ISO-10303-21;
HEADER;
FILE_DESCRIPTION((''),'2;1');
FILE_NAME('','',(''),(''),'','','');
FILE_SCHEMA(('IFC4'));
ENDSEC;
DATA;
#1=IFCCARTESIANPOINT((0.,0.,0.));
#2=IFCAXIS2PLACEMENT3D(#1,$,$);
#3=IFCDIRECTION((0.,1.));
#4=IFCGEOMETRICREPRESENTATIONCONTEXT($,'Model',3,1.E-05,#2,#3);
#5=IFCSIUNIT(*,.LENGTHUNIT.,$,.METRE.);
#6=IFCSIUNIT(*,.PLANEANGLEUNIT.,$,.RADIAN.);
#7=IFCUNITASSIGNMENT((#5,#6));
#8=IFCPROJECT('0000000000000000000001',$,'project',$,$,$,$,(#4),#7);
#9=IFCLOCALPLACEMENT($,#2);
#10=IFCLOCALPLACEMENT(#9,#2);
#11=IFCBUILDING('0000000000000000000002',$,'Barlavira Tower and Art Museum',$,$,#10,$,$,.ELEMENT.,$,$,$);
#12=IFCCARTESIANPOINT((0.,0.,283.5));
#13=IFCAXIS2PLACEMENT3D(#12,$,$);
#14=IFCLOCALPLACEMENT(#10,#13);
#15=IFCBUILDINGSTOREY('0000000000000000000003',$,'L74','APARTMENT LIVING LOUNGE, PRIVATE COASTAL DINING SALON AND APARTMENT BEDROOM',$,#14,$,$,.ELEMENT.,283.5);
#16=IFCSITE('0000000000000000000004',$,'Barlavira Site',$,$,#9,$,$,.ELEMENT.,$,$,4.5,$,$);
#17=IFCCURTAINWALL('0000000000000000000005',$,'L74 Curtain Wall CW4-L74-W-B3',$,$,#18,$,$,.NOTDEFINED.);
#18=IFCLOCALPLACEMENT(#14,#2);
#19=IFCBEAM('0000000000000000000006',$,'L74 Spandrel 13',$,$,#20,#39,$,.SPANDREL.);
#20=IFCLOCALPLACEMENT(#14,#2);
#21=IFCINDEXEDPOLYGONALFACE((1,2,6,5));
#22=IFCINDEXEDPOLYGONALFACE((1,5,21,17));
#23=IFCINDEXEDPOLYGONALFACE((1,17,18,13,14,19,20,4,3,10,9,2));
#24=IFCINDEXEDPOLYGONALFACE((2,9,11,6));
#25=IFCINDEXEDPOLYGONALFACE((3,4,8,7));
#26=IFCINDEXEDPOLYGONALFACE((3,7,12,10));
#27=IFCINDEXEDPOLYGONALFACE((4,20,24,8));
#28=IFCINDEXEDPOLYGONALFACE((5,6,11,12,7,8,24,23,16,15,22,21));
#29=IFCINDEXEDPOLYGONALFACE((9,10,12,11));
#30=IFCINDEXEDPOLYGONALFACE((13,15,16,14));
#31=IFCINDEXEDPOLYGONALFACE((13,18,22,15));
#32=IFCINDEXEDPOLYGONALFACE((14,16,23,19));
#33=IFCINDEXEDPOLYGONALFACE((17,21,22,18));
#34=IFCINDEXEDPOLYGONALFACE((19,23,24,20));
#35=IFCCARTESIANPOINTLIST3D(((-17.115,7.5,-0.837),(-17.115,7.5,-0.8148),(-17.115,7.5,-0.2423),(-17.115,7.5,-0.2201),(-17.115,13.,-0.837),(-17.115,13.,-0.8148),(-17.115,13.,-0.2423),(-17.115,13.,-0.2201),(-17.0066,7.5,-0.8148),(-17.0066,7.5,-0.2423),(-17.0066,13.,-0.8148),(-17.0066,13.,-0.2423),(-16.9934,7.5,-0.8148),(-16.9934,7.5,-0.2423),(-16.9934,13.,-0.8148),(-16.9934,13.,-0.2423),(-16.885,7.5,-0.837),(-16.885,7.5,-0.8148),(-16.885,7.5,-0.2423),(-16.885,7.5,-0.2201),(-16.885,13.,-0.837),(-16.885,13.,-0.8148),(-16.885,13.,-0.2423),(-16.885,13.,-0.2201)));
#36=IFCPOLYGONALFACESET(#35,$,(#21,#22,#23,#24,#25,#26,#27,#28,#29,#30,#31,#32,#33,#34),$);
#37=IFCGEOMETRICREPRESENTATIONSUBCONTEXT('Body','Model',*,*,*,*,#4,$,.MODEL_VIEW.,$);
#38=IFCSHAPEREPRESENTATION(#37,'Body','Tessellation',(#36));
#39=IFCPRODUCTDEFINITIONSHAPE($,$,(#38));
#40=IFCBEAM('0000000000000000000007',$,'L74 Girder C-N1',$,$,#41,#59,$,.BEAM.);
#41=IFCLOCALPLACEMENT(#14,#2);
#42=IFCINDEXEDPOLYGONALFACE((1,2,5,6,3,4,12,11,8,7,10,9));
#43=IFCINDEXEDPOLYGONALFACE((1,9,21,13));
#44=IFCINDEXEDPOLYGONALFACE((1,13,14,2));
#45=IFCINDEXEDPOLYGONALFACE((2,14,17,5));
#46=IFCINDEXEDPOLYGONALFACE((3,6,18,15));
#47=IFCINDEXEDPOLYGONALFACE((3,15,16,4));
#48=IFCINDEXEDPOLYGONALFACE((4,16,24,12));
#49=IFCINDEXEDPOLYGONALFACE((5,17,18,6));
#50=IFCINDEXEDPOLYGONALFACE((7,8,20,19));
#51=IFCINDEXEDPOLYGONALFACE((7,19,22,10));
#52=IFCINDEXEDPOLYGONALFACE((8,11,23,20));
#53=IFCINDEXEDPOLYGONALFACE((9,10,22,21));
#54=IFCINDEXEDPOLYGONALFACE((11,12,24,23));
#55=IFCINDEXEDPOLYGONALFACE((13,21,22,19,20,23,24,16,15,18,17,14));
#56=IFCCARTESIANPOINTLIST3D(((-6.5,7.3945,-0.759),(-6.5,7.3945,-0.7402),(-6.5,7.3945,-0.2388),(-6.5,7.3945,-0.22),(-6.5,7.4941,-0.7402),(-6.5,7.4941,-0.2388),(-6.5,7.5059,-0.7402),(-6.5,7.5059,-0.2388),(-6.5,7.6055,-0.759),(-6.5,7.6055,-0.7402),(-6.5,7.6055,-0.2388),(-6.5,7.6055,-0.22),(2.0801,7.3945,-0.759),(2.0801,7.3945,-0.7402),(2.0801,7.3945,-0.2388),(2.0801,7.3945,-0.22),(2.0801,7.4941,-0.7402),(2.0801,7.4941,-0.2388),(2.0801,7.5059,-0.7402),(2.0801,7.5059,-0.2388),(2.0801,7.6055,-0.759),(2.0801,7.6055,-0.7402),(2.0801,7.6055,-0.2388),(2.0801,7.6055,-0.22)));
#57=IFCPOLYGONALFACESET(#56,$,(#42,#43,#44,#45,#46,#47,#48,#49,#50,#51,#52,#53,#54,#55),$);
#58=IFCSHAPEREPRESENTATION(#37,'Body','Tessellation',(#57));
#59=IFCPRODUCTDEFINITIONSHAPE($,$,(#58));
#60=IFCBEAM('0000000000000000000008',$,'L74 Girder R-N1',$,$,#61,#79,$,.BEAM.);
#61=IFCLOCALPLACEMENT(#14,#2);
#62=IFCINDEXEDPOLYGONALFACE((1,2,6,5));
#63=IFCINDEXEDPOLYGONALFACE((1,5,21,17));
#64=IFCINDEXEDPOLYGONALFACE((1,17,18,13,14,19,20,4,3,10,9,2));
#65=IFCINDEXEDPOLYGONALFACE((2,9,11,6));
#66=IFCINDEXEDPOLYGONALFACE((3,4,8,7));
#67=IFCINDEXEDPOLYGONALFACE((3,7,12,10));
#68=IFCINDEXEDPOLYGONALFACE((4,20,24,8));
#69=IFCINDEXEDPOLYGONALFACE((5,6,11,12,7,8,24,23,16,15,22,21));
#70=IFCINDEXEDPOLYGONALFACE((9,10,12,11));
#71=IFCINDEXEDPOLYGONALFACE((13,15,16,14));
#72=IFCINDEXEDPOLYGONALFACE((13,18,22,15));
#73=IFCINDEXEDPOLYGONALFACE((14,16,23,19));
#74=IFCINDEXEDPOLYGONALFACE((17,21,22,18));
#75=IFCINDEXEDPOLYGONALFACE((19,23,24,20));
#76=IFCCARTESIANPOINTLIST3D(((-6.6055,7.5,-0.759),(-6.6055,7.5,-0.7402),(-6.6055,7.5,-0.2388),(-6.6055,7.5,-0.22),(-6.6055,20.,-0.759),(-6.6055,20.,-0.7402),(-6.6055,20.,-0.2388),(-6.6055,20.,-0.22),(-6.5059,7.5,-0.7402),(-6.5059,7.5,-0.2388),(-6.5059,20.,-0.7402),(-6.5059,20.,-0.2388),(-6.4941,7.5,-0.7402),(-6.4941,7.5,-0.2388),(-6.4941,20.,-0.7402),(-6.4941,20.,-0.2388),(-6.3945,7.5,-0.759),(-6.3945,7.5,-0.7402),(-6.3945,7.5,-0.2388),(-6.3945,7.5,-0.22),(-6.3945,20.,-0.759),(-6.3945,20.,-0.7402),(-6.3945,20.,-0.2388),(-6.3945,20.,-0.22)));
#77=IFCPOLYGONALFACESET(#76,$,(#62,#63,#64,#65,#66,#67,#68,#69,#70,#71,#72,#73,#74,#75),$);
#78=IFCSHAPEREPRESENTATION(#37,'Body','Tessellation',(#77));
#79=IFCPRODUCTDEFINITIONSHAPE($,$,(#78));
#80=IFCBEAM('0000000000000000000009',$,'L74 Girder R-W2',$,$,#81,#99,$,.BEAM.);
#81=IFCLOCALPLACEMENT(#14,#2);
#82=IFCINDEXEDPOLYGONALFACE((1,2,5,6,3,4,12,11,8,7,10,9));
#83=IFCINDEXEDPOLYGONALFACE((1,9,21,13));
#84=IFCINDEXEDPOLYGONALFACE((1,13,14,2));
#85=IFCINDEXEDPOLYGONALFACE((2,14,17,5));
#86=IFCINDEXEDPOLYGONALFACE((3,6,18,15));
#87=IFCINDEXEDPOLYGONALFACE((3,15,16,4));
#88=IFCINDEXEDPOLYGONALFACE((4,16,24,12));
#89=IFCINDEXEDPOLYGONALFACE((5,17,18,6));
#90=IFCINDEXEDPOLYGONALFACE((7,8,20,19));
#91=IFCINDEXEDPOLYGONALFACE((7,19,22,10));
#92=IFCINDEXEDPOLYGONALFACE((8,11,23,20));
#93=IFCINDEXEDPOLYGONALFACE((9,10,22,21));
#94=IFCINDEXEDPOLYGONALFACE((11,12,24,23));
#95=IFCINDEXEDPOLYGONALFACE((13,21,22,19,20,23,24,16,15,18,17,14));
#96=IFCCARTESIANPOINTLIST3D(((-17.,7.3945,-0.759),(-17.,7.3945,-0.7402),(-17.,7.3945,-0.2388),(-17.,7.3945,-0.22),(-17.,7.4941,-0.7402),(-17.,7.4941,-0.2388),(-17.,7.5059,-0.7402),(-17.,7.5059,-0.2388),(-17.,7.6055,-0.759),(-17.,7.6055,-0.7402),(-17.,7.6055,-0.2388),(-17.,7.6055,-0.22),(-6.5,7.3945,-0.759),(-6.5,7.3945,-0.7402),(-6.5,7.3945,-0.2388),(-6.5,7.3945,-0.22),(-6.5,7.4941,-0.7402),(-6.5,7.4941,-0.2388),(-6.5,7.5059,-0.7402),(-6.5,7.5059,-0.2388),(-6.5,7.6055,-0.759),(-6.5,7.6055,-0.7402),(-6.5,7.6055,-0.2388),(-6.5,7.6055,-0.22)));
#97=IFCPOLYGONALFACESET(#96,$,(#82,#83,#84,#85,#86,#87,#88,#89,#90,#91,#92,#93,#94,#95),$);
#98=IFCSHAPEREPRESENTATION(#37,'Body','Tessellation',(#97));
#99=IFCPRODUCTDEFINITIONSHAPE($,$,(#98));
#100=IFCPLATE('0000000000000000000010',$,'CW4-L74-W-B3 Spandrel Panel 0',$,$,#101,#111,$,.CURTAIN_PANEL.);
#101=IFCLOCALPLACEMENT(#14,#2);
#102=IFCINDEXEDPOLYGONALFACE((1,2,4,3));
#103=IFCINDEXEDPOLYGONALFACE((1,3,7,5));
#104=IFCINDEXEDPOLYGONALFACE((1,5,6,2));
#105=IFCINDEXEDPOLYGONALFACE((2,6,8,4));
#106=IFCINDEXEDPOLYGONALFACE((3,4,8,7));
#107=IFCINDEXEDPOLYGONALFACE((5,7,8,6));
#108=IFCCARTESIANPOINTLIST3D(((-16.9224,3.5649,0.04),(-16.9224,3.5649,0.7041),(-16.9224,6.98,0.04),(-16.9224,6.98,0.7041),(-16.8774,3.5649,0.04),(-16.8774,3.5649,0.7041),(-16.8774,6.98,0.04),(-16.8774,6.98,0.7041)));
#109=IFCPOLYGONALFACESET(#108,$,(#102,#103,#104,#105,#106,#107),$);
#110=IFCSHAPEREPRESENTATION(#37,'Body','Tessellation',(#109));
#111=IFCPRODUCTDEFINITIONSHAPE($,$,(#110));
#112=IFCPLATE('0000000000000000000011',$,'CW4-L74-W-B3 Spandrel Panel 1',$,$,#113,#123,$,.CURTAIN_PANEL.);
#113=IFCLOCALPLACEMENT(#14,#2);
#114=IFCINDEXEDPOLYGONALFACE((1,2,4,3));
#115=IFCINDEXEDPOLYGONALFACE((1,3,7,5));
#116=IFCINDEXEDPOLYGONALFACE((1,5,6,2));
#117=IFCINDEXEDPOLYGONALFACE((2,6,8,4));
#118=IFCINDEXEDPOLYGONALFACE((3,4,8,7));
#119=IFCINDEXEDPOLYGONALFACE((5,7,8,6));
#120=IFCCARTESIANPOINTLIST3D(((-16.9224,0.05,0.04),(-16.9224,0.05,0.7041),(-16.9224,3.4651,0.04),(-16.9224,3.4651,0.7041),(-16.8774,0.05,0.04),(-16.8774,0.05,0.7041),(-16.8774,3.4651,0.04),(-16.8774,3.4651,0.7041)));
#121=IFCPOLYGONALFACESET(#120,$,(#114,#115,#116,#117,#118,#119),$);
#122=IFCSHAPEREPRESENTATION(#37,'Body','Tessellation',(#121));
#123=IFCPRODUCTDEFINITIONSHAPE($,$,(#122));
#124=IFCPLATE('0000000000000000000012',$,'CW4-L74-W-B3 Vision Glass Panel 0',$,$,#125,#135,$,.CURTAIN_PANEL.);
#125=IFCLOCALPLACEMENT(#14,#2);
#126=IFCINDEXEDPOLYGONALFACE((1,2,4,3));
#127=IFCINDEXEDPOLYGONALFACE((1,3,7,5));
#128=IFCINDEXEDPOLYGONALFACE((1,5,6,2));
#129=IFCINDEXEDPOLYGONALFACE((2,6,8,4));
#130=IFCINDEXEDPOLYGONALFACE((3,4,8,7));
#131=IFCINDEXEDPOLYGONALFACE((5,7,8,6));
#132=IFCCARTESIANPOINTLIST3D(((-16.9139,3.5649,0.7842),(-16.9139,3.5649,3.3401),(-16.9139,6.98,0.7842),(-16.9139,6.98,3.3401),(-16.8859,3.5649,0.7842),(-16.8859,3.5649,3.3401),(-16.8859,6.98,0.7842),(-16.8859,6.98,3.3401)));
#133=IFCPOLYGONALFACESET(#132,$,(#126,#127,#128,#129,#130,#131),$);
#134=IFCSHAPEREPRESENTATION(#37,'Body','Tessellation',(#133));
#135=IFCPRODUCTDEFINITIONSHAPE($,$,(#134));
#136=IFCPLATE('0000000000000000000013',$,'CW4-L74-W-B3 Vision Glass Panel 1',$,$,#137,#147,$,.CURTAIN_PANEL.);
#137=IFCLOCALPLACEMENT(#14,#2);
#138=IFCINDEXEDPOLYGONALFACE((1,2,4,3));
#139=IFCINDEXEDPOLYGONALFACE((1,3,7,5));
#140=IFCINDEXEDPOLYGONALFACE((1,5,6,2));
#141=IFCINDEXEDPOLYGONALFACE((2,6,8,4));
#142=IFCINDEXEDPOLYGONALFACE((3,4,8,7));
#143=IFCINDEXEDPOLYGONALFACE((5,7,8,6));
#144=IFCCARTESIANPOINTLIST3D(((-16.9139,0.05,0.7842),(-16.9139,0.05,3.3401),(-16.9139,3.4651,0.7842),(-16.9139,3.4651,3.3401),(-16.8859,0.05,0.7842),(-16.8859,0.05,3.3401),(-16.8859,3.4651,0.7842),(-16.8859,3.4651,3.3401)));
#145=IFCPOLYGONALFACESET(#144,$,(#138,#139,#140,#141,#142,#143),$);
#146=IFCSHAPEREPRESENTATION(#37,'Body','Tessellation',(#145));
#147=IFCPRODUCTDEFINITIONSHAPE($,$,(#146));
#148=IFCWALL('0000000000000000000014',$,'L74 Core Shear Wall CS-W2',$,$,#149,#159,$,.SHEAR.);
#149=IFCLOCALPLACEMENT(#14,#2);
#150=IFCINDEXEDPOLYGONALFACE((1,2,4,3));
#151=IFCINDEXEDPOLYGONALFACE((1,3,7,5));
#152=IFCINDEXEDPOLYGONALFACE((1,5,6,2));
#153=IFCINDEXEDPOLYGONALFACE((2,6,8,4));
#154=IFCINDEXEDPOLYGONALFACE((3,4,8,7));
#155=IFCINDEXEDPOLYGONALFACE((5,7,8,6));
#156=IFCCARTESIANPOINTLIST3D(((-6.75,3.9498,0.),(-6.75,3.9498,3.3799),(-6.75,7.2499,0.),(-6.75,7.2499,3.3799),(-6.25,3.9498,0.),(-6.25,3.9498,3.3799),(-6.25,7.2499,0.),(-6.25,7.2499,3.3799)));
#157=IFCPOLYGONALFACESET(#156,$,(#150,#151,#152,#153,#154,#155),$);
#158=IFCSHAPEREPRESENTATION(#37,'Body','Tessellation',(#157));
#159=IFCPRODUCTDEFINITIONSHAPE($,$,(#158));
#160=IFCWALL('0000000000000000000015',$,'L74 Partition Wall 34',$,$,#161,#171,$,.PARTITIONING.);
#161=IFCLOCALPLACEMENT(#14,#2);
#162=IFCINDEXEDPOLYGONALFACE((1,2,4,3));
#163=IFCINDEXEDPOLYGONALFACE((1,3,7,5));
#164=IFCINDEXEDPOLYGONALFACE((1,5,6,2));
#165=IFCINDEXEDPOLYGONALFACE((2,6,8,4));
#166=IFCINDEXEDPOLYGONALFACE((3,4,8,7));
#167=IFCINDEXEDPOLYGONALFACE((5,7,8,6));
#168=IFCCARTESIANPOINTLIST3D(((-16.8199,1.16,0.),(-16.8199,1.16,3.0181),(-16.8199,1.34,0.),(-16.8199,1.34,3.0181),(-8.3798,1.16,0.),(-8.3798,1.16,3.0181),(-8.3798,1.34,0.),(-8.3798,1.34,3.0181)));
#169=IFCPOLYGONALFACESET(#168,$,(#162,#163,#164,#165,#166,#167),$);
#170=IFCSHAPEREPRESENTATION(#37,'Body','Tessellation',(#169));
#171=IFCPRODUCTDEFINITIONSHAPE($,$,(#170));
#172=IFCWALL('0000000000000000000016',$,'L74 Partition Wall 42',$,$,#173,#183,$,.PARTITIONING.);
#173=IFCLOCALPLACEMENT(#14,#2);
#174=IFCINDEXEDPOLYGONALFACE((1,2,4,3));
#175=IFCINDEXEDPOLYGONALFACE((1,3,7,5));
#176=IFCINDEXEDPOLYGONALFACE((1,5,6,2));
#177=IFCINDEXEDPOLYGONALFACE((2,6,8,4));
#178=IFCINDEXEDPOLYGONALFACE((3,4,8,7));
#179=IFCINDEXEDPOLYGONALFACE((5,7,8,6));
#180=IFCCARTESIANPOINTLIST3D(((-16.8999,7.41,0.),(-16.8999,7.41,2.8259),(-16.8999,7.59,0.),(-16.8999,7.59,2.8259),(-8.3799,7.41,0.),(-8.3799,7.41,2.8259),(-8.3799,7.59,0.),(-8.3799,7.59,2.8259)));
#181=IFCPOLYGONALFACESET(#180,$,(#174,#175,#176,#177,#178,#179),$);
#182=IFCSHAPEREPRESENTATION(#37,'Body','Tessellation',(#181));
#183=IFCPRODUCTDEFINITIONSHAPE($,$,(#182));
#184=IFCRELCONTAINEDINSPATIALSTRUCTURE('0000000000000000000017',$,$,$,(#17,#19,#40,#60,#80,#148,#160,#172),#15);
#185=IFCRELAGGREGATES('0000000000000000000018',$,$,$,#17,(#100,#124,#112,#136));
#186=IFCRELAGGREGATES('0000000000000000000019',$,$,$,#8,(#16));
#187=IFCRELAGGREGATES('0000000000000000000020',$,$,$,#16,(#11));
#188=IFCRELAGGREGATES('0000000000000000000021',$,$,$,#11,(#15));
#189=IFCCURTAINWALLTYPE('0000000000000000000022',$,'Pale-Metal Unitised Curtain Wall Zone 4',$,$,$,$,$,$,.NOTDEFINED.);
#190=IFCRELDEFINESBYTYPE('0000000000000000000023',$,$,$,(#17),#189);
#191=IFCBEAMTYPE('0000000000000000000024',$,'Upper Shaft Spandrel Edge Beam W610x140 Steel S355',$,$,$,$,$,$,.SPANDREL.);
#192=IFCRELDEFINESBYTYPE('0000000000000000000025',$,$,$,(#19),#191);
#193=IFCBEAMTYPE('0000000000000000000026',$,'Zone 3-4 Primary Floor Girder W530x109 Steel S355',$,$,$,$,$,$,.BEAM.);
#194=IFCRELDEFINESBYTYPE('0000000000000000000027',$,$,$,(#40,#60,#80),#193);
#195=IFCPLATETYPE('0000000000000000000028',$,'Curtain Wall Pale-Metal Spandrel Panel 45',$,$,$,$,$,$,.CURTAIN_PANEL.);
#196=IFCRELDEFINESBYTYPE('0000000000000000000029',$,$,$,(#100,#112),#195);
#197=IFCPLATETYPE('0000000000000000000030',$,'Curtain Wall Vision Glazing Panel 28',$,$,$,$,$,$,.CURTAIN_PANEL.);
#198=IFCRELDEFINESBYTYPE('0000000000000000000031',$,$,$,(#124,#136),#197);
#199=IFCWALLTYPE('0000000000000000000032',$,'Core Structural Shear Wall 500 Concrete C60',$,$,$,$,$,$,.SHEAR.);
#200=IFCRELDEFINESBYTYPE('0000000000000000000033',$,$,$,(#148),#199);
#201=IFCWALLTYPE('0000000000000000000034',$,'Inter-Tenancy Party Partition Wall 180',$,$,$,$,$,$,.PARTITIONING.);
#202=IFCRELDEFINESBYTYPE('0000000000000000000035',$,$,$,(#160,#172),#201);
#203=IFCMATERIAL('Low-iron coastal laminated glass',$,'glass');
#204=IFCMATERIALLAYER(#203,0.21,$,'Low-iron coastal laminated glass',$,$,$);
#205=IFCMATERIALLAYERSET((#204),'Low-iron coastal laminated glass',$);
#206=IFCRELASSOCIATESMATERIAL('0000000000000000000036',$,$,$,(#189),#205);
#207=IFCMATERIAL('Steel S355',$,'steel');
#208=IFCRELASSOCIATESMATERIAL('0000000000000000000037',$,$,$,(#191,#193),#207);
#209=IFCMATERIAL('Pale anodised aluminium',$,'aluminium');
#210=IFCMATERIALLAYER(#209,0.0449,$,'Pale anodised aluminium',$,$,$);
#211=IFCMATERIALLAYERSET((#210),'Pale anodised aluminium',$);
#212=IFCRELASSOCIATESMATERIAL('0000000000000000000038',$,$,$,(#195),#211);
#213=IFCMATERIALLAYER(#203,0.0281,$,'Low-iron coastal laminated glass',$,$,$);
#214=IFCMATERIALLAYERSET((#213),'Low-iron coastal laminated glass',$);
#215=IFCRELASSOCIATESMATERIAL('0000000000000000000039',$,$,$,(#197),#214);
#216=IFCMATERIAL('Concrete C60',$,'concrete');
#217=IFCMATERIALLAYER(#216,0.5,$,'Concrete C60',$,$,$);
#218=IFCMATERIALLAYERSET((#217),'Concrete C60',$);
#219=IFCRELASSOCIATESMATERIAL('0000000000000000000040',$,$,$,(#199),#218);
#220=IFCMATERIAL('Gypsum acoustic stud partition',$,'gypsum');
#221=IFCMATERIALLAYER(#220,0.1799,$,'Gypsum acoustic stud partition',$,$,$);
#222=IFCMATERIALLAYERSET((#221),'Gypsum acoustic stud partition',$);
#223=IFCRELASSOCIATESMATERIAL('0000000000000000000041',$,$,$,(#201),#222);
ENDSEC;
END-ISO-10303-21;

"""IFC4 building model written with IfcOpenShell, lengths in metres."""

from ifc_helpers import new_model, si_unit, direction, frame, frame_2d, origin, origin_2d, place, context, subcontext, project, spatial, rectangle, i_section, extrude, material, layer, layer_set, material_profile, profile_set, type_object, element, aggregate, save


model = new_model("IFC4")

# Units and contexts
model_context = context("Model", 3, precision=1e-05, world=origin(), true_north=direction((0.0, 1.0)))
body_context = subcontext(model_context, "Body", "Model", "MODEL_VIEW")
ifc_project = project(units=[si_unit("LENGTHUNIT", "METRE"), si_unit("PLANEANGLEUNIT", "RADIAN")], contexts=[model_context])

# Site, building, storey
site_placement = place(None, origin())
site = spatial("IfcSite", under=ifc_project, at=site_placement, Name="Barlavira Site", CompositionType="ELEMENT", RefElevation=4.5)
building_placement = place(site_placement, origin())
building = spatial("IfcBuilding", under=site, at=building_placement, Name="Barlavira Tower and Art Museum", CompositionType="ELEMENT")
storey_placement = place(building_placement, frame((0.0, 0.0, 283.5)))
storey = spatial("IfcBuildingStorey", under=building, at=storey_placement, Name="L74", Description="APARTMENT LIVING LOUNGE, PRIVATE COASTAL DINING SALON AND APARTMENT BEDROOM", CompositionType="ELEMENT", Elevation=283.5)

# Shared definitions
ifc_material_1 = material(Name="Steel S355", Category="steel")

# Curtain wall
ifc_material_2 = material(Name="Low-iron coastal laminated glass", Category="glass")
ifc_layer_1 = layer(ifc_material_2, 0.21, Name="Low-iron coastal laminated glass")
ifc_layer_set_1 = layer_set([ifc_layer_1], Name="Low-iron coastal laminated glass")
curtain_wall_type = type_object("IfcCurtainWallType", Name="Pale-Metal Unitised Curtain Wall Zone 4", PredefinedType="NOTDEFINED", material=ifc_layer_set_1)
curtain_wall_placement = place(storey_placement, origin())
curtain_wall = element("IfcCurtainWall", 1, at=curtain_wall_placement, inside=storey, type_object=curtain_wall_type, Name="L74 Curtain Wall CW4-L74-W-B3", PredefinedType="NOTDEFINED")
ifc_material_3 = material(Name="Pale anodised aluminium", Category="aluminium")

# Beams
ifc_material_profile_1 = material_profile(ifc_material_1, i_section(OverallWidth=0.23, OverallDepth=0.6169, WebThickness=0.0132, FlangeThickness=0.0222, at=origin_2d()), Name="W610x140.0")
ifc_profile_set_1 = profile_set([ifc_material_profile_1], Name="Steel S355")
beam_type_1 = type_object("IfcBeamType", Name="Upper Shaft Spandrel Edge Beam W610x140 Steel S355", PredefinedType="SPANDREL", material=ifc_profile_set_1)
beam_1_placement = place(storey_placement, frame((-17.0, 7.5, -0.5286), z_axis=(0.0, 1.0, 0.0), x_axis=(-1.0, 0.0, 0.0)))
element("IfcBeam", 2, at=beam_1_placement, inside=storey, type_object=beam_type_1, Name="L74 Spandrel 13", PredefinedType="SPANDREL", context=body_context, shape_type="SweptSolid", body=[
    extrude(i_section(OverallWidth=0.23, OverallDepth=0.6169, WebThickness=0.0132, FlangeThickness=0.0222, at=origin_2d()), origin(), (0.0, 0.0, 1.0), 5.5),
])
ifc_material_profile_2 = material_profile(ifc_material_1, i_section(OverallWidth=0.2109, OverallDepth=0.5391, WebThickness=0.0117, FlangeThickness=0.0188, at=origin_2d()), Name="W530x109.0")
ifc_profile_set_2 = profile_set([ifc_material_profile_2], Name="Steel S355")
beam_type_2 = type_object("IfcBeamType", Name="Zone 3-4 Primary Floor Girder W530x109 Steel S355", PredefinedType="BEAM", material=ifc_profile_set_2)
beam_2_placement = place(storey_placement, frame((-6.5, 7.5, -0.4895), z_axis=(1.0, 0.0, 0.0), x_axis=(0.0, 1.0, 0.0)))
element("IfcBeam", 3, at=beam_2_placement, inside=storey, type_object=beam_type_2, Name="L74 Girder C-N1", PredefinedType="BEAM", context=body_context, shape_type="SweptSolid", body=[
    extrude(i_section(OverallWidth=0.2109, OverallDepth=0.5391, WebThickness=0.0117, FlangeThickness=0.0188, at=origin_2d()), origin(), (0.0, 0.0, 1.0), 8.5801),
])
beam_3_placement = place(storey_placement, frame((-6.5, 7.5, -0.4895), z_axis=(0.0, 1.0, 0.0), x_axis=(-1.0, 0.0, 0.0)))
element("IfcBeam", 4, at=beam_3_placement, inside=storey, type_object=beam_type_2, Name="L74 Girder R-N1", PredefinedType="BEAM", context=body_context, shape_type="SweptSolid", body=[
    extrude(i_section(OverallWidth=0.2109, OverallDepth=0.5391, WebThickness=0.0117, FlangeThickness=0.0188, at=origin_2d()), origin(), (0.0, 0.0, 1.0), 12.5),
])
beam_4_placement = place(storey_placement, frame((-17.0, 7.5, -0.4895), z_axis=(1.0, 0.0, 0.0), x_axis=(0.0, 1.0, 0.0)))
element("IfcBeam", 5, at=beam_4_placement, inside=storey, type_object=beam_type_2, Name="L74 Girder R-W2", PredefinedType="BEAM", context=body_context, shape_type="SweptSolid", body=[
    extrude(i_section(OverallWidth=0.2109, OverallDepth=0.5391, WebThickness=0.0117, FlangeThickness=0.0188, at=origin_2d()), origin(), (0.0, 0.0, 1.0), 10.5),
])

# Plates
ifc_layer_2 = layer(ifc_material_3, 0.0449, Name="Pale anodised aluminium")
ifc_layer_set_2 = layer_set([ifc_layer_2], Name="Pale anodised aluminium")
plate_type_1 = type_object("IfcPlateType", Name="Curtain Wall Pale-Metal Spandrel Panel 45", PredefinedType="CURTAIN_PANEL", material=ifc_layer_set_2)
plate_1_placement = place(storey_placement, frame((-16.8999, 5.2725, 0.04), z_axis=(0.0, 0.0, 1.0), x_axis=(0.0, -1.0, 0.0)))
plate_1 = element("IfcPlate", 6, at=plate_1_placement, type_object=plate_type_1, Name="CW4-L74-W-B3 Spandrel Panel 0", PredefinedType="CURTAIN_PANEL", context=body_context, shape_type="SweptSolid", body=[
    extrude(rectangle(XDim=3.415, YDim=0.0449, at=origin_2d()), origin(), (0.0, 0.0, 1.0), 0.6641),
])
plate_2_placement = place(storey_placement, frame((-16.8999, 1.7576, 0.04), z_axis=(0.0, 0.0, 1.0), x_axis=(0.0, -1.0, 0.0)))
plate_2 = element("IfcPlate", 7, at=plate_2_placement, type_object=plate_type_1, Name="CW4-L74-W-B3 Spandrel Panel 1", PredefinedType="CURTAIN_PANEL", context=body_context, shape_type="SweptSolid", body=[
    extrude(rectangle(XDim=3.415, YDim=0.0449, at=origin_2d()), origin(), (0.0, 0.0, 1.0), 0.6641),
])
ifc_layer_3 = layer(ifc_material_2, 0.0281, Name="Low-iron coastal laminated glass")
ifc_layer_set_3 = layer_set([ifc_layer_3], Name="Low-iron coastal laminated glass")
plate_type_2 = type_object("IfcPlateType", Name="Curtain Wall Vision Glazing Panel 28", PredefinedType="CURTAIN_PANEL", material=ifc_layer_set_3)
plate_3_placement = place(storey_placement, frame((-16.8999, 5.2725, 0.7842), z_axis=(0.0, 0.0, 1.0), x_axis=(0.0, -1.0, 0.0)))
plate_3 = element("IfcPlate", 8, at=plate_3_placement, type_object=plate_type_2, Name="CW4-L74-W-B3 Vision Glass Panel 0", PredefinedType="CURTAIN_PANEL", context=body_context, shape_type="SweptSolid", body=[
    extrude(rectangle(XDim=3.415, YDim=0.0281, at=origin_2d()), origin(), (0.0, 0.0, 1.0), 2.5559),
])
plate_4_placement = place(storey_placement, frame((-16.8999, 1.7576, 0.7842), z_axis=(0.0, 0.0, 1.0), x_axis=(0.0, -1.0, 0.0)))
plate_4 = element("IfcPlate", 9, at=plate_4_placement, type_object=plate_type_2, Name="CW4-L74-W-B3 Vision Glass Panel 1", PredefinedType="CURTAIN_PANEL", context=body_context, shape_type="SweptSolid", body=[
    extrude(rectangle(XDim=3.415, YDim=0.0281, at=origin_2d()), origin(), (0.0, 0.0, 1.0), 2.5559),
])
aggregate(curtain_wall, [plate_1, plate_3, plate_2, plate_4])

# Shared definitions
ifc_material_4 = material(Name="Concrete C60", Category="concrete")
ifc_layer_4 = layer(ifc_material_4, 0.5, Name="Concrete C60")
ifc_layer_set_4 = layer_set([ifc_layer_4], Name="Concrete C60")
wall_type_1 = type_object("IfcWallType", Name="Core Structural Shear Wall 500 Concrete C60", PredefinedType="SHEAR", material=ifc_layer_set_4)

# Walls
wall_1_placement = place(storey_placement, frame((-6.5, 3.95, 0.0), z_axis=(0.0, 0.0, 1.0), x_axis=(0.0, 1.0, 0.0)))
element("IfcWall", 10, at=wall_1_placement, inside=storey, type_object=wall_type_1, Name="L74 Core Shear Wall CS-W2", PredefinedType="SHEAR", context=body_context, shape_type="SweptSolid", body=[
    extrude(rectangle(XDim=3.3, YDim=0.5, at=frame_2d((1.6499, 0.0))), origin(), (0.0, 0.0, 1.0), 3.3799),
])
ifc_material_5 = material(Name="Gypsum acoustic stud partition", Category="gypsum")
ifc_layer_5 = layer(ifc_material_5, 0.1799, Name="Gypsum acoustic stud partition")
ifc_layer_set_5 = layer_set([ifc_layer_5], Name="Gypsum acoustic stud partition")
wall_type_2 = type_object("IfcWallType", Name="Inter-Tenancy Party Partition Wall 180", PredefinedType="PARTITIONING", material=ifc_layer_set_5)
wall_2_placement = place(storey_placement, frame((-16.8201, 1.25, 0.0), z_axis=(0.0, 0.0, 1.0), x_axis=(1.0, 0.0, 0.0)))
element("IfcWall", 11, at=wall_2_placement, inside=storey, type_object=wall_type_2, Name="L74 Partition Wall 34", PredefinedType="PARTITIONING", context=body_context, shape_type="SweptSolid", body=[
    extrude(rectangle(XDim=8.4402, YDim=0.1799, at=frame_2d((4.2202, 0.0))), origin(), (0.0, 0.0, 1.0), 3.0181),
])
wall_3_placement = place(storey_placement, frame((-16.8999, 7.5, 0.0), z_axis=(0.0, 0.0, 1.0), x_axis=(1.0, 0.0, 0.0)))
element("IfcWall", 12, at=wall_3_placement, inside=storey, type_object=wall_type_2, Name="L74 Partition Wall 42", PredefinedType="PARTITIONING", context=body_context, shape_type="SweptSolid", body=[
    extrude(rectangle(XDim=8.52, YDim=0.1799, at=frame_2d((4.26, 0.0))), origin(), (0.0, 0.0, 1.0), 2.8259),
])

save(model, "model.ifc")
